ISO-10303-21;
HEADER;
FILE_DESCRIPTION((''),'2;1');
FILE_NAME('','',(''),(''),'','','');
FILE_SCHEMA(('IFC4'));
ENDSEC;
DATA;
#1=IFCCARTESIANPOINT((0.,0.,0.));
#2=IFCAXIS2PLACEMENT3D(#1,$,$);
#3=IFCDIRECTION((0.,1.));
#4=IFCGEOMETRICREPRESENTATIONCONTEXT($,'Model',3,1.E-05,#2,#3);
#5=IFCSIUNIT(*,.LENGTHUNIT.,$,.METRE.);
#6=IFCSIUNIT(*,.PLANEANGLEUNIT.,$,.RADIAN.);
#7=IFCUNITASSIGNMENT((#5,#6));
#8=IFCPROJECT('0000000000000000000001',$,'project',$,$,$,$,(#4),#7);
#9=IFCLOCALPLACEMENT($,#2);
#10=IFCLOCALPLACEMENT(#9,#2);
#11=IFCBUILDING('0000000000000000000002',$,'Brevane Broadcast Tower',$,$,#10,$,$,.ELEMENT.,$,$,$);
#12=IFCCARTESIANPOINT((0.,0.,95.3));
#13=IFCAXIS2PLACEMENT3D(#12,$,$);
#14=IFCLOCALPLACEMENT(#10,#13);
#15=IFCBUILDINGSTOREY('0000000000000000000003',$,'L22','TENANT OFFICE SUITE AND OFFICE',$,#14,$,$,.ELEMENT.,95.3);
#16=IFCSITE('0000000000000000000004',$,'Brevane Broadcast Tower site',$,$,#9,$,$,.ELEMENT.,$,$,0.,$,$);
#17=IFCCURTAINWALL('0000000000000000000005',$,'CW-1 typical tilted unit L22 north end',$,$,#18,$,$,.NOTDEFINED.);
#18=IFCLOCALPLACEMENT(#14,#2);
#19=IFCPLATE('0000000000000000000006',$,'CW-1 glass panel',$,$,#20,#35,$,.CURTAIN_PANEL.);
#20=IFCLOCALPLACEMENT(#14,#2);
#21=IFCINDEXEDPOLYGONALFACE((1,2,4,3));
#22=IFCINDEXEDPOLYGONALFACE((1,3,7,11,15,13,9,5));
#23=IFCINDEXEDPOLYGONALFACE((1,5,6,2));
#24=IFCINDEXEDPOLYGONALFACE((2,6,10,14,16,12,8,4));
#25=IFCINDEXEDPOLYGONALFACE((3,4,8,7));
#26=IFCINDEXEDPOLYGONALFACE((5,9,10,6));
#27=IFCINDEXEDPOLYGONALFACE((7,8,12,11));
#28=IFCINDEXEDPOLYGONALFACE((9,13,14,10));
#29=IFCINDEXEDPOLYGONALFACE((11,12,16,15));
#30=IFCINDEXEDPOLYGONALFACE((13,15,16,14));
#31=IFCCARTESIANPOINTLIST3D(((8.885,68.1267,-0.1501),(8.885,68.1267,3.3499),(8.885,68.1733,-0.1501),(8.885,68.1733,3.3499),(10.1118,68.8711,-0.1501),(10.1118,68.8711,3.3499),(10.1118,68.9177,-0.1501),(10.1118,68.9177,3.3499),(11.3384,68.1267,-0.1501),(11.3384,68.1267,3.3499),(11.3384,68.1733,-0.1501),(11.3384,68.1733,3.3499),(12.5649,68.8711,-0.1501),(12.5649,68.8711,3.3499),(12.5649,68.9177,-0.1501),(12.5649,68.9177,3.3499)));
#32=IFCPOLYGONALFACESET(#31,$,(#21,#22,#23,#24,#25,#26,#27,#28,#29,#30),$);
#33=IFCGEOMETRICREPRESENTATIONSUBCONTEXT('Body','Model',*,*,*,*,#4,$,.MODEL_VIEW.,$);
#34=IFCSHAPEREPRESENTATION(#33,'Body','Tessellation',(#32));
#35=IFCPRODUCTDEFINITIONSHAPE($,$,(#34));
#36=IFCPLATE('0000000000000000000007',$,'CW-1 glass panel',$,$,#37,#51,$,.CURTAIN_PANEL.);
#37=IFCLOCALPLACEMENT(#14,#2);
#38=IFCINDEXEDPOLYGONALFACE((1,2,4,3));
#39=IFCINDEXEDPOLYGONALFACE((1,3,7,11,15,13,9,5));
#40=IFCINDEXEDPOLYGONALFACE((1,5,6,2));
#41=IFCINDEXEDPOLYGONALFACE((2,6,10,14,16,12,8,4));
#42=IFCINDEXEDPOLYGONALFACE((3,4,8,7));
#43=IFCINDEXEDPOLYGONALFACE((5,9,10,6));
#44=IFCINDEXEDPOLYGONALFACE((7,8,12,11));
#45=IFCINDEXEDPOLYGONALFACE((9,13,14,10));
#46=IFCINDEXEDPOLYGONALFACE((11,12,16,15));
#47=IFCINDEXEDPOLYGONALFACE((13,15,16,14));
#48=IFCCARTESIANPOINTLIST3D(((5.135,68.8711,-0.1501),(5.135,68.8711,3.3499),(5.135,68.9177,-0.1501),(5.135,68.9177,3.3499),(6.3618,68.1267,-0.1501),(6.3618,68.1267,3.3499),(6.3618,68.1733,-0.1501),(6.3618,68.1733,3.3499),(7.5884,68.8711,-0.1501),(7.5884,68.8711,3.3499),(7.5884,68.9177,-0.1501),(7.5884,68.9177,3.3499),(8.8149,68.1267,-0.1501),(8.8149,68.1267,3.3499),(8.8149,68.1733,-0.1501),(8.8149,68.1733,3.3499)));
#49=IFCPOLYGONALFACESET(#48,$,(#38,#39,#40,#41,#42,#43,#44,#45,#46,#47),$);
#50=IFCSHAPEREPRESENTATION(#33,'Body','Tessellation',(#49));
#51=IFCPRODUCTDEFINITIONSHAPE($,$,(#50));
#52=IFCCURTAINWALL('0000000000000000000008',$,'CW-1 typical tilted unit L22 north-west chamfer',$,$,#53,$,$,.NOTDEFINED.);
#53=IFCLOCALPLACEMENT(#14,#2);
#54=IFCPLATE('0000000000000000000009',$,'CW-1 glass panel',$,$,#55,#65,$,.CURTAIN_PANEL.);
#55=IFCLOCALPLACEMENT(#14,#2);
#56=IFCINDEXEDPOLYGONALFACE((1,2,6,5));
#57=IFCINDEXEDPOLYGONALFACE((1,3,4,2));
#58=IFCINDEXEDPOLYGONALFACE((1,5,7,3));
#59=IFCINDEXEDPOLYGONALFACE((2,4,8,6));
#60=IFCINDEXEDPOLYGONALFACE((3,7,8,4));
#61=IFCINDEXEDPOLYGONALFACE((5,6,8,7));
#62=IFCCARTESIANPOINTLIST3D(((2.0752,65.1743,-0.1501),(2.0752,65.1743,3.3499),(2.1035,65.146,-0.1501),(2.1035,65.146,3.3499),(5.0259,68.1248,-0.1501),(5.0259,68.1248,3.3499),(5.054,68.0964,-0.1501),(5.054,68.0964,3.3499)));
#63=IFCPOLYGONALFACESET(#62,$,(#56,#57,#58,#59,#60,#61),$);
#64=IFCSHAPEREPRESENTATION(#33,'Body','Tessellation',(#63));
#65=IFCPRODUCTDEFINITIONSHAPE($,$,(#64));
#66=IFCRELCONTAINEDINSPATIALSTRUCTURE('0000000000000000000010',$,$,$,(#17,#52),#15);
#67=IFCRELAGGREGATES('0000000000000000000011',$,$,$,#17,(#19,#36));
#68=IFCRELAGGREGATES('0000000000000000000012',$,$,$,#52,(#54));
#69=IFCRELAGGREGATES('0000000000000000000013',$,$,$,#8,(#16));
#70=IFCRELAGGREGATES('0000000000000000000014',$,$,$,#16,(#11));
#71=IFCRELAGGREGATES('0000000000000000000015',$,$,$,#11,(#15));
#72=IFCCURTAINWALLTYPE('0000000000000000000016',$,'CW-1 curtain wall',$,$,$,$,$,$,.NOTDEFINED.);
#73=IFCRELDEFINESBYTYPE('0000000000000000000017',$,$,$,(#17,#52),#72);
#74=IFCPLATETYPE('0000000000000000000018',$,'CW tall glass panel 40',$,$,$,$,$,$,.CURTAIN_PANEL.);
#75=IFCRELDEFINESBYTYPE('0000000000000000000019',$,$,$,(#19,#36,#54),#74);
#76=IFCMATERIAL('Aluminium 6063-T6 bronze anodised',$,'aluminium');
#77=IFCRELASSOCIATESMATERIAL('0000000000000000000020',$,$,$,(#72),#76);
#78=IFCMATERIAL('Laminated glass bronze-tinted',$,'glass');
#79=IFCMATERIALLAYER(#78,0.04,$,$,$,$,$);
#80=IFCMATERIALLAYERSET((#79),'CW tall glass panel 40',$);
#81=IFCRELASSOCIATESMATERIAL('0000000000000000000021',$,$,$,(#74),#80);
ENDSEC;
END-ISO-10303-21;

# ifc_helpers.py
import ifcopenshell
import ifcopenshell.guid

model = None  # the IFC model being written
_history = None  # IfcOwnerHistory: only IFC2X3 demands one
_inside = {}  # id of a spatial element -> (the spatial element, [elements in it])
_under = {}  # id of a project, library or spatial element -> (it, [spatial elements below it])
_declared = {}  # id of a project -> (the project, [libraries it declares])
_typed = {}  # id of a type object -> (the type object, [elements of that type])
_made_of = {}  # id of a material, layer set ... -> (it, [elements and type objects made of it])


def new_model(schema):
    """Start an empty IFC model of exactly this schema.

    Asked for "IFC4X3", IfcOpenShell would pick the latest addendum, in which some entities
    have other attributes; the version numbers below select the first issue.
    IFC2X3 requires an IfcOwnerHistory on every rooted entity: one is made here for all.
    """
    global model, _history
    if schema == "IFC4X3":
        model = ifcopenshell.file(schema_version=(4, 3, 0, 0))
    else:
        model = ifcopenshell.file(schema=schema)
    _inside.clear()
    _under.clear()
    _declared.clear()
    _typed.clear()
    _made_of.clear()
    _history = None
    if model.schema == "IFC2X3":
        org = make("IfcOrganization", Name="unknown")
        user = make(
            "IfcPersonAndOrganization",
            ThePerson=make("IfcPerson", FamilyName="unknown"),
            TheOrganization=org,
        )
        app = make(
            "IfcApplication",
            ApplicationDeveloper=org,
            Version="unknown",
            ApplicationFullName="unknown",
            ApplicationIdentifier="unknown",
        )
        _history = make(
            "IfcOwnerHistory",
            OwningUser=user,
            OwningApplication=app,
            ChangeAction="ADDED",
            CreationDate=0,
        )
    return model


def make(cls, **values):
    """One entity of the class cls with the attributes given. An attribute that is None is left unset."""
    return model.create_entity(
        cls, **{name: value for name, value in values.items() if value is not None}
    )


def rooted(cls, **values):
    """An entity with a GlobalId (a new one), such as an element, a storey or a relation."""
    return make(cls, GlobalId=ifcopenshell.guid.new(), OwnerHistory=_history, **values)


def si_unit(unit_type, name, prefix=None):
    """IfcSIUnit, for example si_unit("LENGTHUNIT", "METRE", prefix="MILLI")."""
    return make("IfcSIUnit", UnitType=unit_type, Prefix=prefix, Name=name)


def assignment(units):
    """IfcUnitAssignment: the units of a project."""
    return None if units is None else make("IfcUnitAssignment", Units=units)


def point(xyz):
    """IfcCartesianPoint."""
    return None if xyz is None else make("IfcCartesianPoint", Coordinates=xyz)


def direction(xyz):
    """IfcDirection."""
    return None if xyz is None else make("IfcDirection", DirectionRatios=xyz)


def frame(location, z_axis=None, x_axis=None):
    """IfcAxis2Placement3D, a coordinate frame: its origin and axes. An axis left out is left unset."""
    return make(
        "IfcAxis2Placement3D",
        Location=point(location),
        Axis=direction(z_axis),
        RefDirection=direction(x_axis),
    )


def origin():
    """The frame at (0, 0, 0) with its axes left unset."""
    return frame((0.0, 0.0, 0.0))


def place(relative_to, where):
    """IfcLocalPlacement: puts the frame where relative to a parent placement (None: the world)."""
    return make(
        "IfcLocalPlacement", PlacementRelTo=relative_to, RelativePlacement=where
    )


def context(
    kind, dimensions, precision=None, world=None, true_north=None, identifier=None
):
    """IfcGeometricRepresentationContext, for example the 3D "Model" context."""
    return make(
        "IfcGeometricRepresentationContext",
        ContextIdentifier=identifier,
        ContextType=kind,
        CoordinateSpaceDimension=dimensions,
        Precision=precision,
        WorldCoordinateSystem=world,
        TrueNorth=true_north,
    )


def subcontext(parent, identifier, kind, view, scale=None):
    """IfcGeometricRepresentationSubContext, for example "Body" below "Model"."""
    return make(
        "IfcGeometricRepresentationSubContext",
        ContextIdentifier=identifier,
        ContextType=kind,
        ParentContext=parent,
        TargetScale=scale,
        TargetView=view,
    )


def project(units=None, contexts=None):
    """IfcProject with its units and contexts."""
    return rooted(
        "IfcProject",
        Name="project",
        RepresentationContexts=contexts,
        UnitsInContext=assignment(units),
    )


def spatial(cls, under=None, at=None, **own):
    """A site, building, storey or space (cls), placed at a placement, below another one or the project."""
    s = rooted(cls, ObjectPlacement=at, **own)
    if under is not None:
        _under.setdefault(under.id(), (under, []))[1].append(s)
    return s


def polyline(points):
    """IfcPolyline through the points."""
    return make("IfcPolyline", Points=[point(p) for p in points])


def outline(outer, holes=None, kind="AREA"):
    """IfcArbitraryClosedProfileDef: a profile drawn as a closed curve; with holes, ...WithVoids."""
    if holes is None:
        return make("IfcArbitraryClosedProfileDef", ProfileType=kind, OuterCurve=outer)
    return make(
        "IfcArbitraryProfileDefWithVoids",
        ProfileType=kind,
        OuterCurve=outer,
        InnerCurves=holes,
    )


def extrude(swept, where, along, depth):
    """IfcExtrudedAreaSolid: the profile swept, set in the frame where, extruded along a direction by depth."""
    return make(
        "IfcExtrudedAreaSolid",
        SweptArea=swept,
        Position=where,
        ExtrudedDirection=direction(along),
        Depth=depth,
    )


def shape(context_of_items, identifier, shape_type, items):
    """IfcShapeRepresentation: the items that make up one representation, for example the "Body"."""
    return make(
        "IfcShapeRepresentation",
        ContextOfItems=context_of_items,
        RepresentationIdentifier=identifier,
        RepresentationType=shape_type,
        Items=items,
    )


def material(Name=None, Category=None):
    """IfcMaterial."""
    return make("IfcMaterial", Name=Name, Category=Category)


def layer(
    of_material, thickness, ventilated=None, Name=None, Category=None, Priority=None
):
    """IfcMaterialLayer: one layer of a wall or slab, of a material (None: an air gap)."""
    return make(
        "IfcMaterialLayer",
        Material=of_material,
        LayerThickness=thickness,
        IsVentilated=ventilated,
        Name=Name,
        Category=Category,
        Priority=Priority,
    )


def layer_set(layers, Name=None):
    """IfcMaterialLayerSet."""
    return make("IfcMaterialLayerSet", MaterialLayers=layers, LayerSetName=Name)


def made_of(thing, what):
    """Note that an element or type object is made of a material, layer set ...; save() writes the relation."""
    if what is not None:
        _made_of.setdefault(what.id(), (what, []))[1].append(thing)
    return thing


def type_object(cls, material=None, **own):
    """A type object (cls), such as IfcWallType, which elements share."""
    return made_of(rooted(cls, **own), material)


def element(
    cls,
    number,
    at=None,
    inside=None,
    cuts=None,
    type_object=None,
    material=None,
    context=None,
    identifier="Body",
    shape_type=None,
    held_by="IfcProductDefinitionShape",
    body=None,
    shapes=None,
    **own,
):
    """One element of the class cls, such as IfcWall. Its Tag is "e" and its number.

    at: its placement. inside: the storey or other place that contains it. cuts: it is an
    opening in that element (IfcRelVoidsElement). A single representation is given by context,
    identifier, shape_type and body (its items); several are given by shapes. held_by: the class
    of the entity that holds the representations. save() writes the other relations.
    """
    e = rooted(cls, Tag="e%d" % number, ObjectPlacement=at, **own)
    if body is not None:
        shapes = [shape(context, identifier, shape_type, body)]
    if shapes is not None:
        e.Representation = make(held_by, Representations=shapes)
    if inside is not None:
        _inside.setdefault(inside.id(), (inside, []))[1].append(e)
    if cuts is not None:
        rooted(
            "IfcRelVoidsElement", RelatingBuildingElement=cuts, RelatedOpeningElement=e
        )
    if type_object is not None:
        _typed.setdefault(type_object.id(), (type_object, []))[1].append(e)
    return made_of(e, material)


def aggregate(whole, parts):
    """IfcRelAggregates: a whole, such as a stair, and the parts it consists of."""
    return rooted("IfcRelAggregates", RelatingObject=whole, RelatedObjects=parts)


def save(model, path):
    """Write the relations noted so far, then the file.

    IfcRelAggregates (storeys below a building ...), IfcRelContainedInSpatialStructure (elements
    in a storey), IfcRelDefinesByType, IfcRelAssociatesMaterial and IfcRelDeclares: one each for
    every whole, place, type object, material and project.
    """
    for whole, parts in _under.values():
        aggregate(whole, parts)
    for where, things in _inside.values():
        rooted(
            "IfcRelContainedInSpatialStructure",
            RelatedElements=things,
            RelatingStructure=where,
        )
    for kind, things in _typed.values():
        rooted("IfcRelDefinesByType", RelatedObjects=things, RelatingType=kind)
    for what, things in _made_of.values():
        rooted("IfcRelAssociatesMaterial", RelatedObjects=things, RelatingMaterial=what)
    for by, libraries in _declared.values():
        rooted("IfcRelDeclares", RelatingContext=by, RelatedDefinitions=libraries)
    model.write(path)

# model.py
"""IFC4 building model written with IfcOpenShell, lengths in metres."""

from ifc_helpers import new_model, si_unit, direction, frame, origin, place, context, subcontext, project, spatial, polyline, outline, extrude, material, layer, layer_set, type_object, element, aggregate, save


model = new_model("IFC4")

# Units and contexts
model_context = context("Model", 3, precision=1e-05, world=origin(), true_north=direction((0.0, 1.0)))
body_context = subcontext(model_context, "Body", "Model", "MODEL_VIEW")
ifc_project = project(units=[si_unit("LENGTHUNIT", "METRE"), si_unit("PLANEANGLEUNIT", "RADIAN")], contexts=[model_context])

# Site, building, storey
site_placement = place(None, origin())
site = spatial("IfcSite", under=ifc_project, at=site_placement, Name="Brevane Broadcast Tower site", CompositionType="ELEMENT", RefElevation=0.0)
building_placement = place(site_placement, origin())
building = spatial("IfcBuilding", under=site, at=building_placement, Name="Brevane Broadcast Tower", CompositionType="ELEMENT")
storey_placement = place(building_placement, frame((0.0, 0.0, 95.3)))
storey = spatial("IfcBuildingStorey", under=building, at=storey_placement, Name="L22", Description="TENANT OFFICE SUITE AND OFFICE", CompositionType="ELEMENT", Elevation=95.3)

# Shared definitions
ifc_material_1 = material(Name="Aluminium 6063-T6 bronze anodised", Category="aluminium")
curtain_wall_type = type_object("IfcCurtainWallType", Name="CW-1 curtain wall", PredefinedType="NOTDEFINED", material=ifc_material_1)

# Curtain wall, plates
ifc_material_2 = material(Name="Laminated glass bronze-tinted", Category="glass")
ifc_layer = layer(ifc_material_2, 0.04)
ifc_layer_set = layer_set([ifc_layer], Name="CW tall glass panel 40")
plate_type = type_object("IfcPlateType", Name="CW tall glass panel 40", PredefinedType="CURTAIN_PANEL", material=ifc_layer_set)
curtain_wall_1_placement = place(storey_placement, origin())
curtain_wall_1 = element("IfcCurtainWall", 1, at=curtain_wall_1_placement, inside=storey, type_object=curtain_wall_type, Name="CW-1 typical tilted unit L22 north end", PredefinedType="NOTDEFINED")
plate_1_placement = place(storey_placement, frame((0.0, 0.0, -0.1501)))
plate_1 = element("IfcPlate", 2, at=plate_1_placement, type_object=plate_type, Name="CW-1 glass panel", PredefinedType="CURTAIN_PANEL", context=body_context, shape_type="SweptSolid", body=[
    extrude(outline(polyline([(12.5649, 68.8711), (12.5649, 68.9177), (11.3384, 68.1733), (10.1118, 68.9177), (8.885, 68.1733), (8.885, 68.1267), (10.1118, 68.8711), (11.3384, 68.1267), (12.5649, 68.8711)])), origin(), (0.0, 0.0, 1.0), 3.5),
])
plate_2_placement = place(storey_placement, frame((0.0, 0.0, -0.1501)))
plate_2 = element("IfcPlate", 3, at=plate_2_placement, type_object=plate_type, Name="CW-1 glass panel", PredefinedType="CURTAIN_PANEL", context=body_context, shape_type="SweptSolid", body=[
    extrude(outline(polyline([(8.8149, 68.1267), (8.8149, 68.1733), (7.5884, 68.9177), (6.3618, 68.1733), (5.135, 68.9177), (5.135, 68.8711), (6.3618, 68.1267), (7.5884, 68.8711), (8.8149, 68.1267)])), origin(), (0.0, 0.0, 1.0), 3.5),
])
aggregate(curtain_wall_1, [plate_1, plate_2])

# Curtain wall, plate
curtain_wall_2_placement = place(storey_placement, origin())
curtain_wall_2 = element("IfcCurtainWall", 4, at=curtain_wall_2_placement, inside=storey, type_object=curtain_wall_type, Name="CW-1 typical tilted unit L22 north-west chamfer", PredefinedType="NOTDEFINED")
plate_3_placement = place(storey_placement, frame((0.0, 0.0, -0.1501)))
plate_3 = element("IfcPlate", 5, at=plate_3_placement, type_object=plate_type, Name="CW-1 glass panel", PredefinedType="CURTAIN_PANEL", context=body_context, shape_type="SweptSolid", body=[
    extrude(outline(polyline([(5.054, 68.0964), (2.1035, 65.146), (2.0752, 65.1743), (5.0259, 68.1248), (5.054, 68.0964)])), origin(), (0.0, 0.0, 1.0), 3.5),
])
aggregate(curtain_wall_2, [plate_3])

save(model, "model.ifc")
